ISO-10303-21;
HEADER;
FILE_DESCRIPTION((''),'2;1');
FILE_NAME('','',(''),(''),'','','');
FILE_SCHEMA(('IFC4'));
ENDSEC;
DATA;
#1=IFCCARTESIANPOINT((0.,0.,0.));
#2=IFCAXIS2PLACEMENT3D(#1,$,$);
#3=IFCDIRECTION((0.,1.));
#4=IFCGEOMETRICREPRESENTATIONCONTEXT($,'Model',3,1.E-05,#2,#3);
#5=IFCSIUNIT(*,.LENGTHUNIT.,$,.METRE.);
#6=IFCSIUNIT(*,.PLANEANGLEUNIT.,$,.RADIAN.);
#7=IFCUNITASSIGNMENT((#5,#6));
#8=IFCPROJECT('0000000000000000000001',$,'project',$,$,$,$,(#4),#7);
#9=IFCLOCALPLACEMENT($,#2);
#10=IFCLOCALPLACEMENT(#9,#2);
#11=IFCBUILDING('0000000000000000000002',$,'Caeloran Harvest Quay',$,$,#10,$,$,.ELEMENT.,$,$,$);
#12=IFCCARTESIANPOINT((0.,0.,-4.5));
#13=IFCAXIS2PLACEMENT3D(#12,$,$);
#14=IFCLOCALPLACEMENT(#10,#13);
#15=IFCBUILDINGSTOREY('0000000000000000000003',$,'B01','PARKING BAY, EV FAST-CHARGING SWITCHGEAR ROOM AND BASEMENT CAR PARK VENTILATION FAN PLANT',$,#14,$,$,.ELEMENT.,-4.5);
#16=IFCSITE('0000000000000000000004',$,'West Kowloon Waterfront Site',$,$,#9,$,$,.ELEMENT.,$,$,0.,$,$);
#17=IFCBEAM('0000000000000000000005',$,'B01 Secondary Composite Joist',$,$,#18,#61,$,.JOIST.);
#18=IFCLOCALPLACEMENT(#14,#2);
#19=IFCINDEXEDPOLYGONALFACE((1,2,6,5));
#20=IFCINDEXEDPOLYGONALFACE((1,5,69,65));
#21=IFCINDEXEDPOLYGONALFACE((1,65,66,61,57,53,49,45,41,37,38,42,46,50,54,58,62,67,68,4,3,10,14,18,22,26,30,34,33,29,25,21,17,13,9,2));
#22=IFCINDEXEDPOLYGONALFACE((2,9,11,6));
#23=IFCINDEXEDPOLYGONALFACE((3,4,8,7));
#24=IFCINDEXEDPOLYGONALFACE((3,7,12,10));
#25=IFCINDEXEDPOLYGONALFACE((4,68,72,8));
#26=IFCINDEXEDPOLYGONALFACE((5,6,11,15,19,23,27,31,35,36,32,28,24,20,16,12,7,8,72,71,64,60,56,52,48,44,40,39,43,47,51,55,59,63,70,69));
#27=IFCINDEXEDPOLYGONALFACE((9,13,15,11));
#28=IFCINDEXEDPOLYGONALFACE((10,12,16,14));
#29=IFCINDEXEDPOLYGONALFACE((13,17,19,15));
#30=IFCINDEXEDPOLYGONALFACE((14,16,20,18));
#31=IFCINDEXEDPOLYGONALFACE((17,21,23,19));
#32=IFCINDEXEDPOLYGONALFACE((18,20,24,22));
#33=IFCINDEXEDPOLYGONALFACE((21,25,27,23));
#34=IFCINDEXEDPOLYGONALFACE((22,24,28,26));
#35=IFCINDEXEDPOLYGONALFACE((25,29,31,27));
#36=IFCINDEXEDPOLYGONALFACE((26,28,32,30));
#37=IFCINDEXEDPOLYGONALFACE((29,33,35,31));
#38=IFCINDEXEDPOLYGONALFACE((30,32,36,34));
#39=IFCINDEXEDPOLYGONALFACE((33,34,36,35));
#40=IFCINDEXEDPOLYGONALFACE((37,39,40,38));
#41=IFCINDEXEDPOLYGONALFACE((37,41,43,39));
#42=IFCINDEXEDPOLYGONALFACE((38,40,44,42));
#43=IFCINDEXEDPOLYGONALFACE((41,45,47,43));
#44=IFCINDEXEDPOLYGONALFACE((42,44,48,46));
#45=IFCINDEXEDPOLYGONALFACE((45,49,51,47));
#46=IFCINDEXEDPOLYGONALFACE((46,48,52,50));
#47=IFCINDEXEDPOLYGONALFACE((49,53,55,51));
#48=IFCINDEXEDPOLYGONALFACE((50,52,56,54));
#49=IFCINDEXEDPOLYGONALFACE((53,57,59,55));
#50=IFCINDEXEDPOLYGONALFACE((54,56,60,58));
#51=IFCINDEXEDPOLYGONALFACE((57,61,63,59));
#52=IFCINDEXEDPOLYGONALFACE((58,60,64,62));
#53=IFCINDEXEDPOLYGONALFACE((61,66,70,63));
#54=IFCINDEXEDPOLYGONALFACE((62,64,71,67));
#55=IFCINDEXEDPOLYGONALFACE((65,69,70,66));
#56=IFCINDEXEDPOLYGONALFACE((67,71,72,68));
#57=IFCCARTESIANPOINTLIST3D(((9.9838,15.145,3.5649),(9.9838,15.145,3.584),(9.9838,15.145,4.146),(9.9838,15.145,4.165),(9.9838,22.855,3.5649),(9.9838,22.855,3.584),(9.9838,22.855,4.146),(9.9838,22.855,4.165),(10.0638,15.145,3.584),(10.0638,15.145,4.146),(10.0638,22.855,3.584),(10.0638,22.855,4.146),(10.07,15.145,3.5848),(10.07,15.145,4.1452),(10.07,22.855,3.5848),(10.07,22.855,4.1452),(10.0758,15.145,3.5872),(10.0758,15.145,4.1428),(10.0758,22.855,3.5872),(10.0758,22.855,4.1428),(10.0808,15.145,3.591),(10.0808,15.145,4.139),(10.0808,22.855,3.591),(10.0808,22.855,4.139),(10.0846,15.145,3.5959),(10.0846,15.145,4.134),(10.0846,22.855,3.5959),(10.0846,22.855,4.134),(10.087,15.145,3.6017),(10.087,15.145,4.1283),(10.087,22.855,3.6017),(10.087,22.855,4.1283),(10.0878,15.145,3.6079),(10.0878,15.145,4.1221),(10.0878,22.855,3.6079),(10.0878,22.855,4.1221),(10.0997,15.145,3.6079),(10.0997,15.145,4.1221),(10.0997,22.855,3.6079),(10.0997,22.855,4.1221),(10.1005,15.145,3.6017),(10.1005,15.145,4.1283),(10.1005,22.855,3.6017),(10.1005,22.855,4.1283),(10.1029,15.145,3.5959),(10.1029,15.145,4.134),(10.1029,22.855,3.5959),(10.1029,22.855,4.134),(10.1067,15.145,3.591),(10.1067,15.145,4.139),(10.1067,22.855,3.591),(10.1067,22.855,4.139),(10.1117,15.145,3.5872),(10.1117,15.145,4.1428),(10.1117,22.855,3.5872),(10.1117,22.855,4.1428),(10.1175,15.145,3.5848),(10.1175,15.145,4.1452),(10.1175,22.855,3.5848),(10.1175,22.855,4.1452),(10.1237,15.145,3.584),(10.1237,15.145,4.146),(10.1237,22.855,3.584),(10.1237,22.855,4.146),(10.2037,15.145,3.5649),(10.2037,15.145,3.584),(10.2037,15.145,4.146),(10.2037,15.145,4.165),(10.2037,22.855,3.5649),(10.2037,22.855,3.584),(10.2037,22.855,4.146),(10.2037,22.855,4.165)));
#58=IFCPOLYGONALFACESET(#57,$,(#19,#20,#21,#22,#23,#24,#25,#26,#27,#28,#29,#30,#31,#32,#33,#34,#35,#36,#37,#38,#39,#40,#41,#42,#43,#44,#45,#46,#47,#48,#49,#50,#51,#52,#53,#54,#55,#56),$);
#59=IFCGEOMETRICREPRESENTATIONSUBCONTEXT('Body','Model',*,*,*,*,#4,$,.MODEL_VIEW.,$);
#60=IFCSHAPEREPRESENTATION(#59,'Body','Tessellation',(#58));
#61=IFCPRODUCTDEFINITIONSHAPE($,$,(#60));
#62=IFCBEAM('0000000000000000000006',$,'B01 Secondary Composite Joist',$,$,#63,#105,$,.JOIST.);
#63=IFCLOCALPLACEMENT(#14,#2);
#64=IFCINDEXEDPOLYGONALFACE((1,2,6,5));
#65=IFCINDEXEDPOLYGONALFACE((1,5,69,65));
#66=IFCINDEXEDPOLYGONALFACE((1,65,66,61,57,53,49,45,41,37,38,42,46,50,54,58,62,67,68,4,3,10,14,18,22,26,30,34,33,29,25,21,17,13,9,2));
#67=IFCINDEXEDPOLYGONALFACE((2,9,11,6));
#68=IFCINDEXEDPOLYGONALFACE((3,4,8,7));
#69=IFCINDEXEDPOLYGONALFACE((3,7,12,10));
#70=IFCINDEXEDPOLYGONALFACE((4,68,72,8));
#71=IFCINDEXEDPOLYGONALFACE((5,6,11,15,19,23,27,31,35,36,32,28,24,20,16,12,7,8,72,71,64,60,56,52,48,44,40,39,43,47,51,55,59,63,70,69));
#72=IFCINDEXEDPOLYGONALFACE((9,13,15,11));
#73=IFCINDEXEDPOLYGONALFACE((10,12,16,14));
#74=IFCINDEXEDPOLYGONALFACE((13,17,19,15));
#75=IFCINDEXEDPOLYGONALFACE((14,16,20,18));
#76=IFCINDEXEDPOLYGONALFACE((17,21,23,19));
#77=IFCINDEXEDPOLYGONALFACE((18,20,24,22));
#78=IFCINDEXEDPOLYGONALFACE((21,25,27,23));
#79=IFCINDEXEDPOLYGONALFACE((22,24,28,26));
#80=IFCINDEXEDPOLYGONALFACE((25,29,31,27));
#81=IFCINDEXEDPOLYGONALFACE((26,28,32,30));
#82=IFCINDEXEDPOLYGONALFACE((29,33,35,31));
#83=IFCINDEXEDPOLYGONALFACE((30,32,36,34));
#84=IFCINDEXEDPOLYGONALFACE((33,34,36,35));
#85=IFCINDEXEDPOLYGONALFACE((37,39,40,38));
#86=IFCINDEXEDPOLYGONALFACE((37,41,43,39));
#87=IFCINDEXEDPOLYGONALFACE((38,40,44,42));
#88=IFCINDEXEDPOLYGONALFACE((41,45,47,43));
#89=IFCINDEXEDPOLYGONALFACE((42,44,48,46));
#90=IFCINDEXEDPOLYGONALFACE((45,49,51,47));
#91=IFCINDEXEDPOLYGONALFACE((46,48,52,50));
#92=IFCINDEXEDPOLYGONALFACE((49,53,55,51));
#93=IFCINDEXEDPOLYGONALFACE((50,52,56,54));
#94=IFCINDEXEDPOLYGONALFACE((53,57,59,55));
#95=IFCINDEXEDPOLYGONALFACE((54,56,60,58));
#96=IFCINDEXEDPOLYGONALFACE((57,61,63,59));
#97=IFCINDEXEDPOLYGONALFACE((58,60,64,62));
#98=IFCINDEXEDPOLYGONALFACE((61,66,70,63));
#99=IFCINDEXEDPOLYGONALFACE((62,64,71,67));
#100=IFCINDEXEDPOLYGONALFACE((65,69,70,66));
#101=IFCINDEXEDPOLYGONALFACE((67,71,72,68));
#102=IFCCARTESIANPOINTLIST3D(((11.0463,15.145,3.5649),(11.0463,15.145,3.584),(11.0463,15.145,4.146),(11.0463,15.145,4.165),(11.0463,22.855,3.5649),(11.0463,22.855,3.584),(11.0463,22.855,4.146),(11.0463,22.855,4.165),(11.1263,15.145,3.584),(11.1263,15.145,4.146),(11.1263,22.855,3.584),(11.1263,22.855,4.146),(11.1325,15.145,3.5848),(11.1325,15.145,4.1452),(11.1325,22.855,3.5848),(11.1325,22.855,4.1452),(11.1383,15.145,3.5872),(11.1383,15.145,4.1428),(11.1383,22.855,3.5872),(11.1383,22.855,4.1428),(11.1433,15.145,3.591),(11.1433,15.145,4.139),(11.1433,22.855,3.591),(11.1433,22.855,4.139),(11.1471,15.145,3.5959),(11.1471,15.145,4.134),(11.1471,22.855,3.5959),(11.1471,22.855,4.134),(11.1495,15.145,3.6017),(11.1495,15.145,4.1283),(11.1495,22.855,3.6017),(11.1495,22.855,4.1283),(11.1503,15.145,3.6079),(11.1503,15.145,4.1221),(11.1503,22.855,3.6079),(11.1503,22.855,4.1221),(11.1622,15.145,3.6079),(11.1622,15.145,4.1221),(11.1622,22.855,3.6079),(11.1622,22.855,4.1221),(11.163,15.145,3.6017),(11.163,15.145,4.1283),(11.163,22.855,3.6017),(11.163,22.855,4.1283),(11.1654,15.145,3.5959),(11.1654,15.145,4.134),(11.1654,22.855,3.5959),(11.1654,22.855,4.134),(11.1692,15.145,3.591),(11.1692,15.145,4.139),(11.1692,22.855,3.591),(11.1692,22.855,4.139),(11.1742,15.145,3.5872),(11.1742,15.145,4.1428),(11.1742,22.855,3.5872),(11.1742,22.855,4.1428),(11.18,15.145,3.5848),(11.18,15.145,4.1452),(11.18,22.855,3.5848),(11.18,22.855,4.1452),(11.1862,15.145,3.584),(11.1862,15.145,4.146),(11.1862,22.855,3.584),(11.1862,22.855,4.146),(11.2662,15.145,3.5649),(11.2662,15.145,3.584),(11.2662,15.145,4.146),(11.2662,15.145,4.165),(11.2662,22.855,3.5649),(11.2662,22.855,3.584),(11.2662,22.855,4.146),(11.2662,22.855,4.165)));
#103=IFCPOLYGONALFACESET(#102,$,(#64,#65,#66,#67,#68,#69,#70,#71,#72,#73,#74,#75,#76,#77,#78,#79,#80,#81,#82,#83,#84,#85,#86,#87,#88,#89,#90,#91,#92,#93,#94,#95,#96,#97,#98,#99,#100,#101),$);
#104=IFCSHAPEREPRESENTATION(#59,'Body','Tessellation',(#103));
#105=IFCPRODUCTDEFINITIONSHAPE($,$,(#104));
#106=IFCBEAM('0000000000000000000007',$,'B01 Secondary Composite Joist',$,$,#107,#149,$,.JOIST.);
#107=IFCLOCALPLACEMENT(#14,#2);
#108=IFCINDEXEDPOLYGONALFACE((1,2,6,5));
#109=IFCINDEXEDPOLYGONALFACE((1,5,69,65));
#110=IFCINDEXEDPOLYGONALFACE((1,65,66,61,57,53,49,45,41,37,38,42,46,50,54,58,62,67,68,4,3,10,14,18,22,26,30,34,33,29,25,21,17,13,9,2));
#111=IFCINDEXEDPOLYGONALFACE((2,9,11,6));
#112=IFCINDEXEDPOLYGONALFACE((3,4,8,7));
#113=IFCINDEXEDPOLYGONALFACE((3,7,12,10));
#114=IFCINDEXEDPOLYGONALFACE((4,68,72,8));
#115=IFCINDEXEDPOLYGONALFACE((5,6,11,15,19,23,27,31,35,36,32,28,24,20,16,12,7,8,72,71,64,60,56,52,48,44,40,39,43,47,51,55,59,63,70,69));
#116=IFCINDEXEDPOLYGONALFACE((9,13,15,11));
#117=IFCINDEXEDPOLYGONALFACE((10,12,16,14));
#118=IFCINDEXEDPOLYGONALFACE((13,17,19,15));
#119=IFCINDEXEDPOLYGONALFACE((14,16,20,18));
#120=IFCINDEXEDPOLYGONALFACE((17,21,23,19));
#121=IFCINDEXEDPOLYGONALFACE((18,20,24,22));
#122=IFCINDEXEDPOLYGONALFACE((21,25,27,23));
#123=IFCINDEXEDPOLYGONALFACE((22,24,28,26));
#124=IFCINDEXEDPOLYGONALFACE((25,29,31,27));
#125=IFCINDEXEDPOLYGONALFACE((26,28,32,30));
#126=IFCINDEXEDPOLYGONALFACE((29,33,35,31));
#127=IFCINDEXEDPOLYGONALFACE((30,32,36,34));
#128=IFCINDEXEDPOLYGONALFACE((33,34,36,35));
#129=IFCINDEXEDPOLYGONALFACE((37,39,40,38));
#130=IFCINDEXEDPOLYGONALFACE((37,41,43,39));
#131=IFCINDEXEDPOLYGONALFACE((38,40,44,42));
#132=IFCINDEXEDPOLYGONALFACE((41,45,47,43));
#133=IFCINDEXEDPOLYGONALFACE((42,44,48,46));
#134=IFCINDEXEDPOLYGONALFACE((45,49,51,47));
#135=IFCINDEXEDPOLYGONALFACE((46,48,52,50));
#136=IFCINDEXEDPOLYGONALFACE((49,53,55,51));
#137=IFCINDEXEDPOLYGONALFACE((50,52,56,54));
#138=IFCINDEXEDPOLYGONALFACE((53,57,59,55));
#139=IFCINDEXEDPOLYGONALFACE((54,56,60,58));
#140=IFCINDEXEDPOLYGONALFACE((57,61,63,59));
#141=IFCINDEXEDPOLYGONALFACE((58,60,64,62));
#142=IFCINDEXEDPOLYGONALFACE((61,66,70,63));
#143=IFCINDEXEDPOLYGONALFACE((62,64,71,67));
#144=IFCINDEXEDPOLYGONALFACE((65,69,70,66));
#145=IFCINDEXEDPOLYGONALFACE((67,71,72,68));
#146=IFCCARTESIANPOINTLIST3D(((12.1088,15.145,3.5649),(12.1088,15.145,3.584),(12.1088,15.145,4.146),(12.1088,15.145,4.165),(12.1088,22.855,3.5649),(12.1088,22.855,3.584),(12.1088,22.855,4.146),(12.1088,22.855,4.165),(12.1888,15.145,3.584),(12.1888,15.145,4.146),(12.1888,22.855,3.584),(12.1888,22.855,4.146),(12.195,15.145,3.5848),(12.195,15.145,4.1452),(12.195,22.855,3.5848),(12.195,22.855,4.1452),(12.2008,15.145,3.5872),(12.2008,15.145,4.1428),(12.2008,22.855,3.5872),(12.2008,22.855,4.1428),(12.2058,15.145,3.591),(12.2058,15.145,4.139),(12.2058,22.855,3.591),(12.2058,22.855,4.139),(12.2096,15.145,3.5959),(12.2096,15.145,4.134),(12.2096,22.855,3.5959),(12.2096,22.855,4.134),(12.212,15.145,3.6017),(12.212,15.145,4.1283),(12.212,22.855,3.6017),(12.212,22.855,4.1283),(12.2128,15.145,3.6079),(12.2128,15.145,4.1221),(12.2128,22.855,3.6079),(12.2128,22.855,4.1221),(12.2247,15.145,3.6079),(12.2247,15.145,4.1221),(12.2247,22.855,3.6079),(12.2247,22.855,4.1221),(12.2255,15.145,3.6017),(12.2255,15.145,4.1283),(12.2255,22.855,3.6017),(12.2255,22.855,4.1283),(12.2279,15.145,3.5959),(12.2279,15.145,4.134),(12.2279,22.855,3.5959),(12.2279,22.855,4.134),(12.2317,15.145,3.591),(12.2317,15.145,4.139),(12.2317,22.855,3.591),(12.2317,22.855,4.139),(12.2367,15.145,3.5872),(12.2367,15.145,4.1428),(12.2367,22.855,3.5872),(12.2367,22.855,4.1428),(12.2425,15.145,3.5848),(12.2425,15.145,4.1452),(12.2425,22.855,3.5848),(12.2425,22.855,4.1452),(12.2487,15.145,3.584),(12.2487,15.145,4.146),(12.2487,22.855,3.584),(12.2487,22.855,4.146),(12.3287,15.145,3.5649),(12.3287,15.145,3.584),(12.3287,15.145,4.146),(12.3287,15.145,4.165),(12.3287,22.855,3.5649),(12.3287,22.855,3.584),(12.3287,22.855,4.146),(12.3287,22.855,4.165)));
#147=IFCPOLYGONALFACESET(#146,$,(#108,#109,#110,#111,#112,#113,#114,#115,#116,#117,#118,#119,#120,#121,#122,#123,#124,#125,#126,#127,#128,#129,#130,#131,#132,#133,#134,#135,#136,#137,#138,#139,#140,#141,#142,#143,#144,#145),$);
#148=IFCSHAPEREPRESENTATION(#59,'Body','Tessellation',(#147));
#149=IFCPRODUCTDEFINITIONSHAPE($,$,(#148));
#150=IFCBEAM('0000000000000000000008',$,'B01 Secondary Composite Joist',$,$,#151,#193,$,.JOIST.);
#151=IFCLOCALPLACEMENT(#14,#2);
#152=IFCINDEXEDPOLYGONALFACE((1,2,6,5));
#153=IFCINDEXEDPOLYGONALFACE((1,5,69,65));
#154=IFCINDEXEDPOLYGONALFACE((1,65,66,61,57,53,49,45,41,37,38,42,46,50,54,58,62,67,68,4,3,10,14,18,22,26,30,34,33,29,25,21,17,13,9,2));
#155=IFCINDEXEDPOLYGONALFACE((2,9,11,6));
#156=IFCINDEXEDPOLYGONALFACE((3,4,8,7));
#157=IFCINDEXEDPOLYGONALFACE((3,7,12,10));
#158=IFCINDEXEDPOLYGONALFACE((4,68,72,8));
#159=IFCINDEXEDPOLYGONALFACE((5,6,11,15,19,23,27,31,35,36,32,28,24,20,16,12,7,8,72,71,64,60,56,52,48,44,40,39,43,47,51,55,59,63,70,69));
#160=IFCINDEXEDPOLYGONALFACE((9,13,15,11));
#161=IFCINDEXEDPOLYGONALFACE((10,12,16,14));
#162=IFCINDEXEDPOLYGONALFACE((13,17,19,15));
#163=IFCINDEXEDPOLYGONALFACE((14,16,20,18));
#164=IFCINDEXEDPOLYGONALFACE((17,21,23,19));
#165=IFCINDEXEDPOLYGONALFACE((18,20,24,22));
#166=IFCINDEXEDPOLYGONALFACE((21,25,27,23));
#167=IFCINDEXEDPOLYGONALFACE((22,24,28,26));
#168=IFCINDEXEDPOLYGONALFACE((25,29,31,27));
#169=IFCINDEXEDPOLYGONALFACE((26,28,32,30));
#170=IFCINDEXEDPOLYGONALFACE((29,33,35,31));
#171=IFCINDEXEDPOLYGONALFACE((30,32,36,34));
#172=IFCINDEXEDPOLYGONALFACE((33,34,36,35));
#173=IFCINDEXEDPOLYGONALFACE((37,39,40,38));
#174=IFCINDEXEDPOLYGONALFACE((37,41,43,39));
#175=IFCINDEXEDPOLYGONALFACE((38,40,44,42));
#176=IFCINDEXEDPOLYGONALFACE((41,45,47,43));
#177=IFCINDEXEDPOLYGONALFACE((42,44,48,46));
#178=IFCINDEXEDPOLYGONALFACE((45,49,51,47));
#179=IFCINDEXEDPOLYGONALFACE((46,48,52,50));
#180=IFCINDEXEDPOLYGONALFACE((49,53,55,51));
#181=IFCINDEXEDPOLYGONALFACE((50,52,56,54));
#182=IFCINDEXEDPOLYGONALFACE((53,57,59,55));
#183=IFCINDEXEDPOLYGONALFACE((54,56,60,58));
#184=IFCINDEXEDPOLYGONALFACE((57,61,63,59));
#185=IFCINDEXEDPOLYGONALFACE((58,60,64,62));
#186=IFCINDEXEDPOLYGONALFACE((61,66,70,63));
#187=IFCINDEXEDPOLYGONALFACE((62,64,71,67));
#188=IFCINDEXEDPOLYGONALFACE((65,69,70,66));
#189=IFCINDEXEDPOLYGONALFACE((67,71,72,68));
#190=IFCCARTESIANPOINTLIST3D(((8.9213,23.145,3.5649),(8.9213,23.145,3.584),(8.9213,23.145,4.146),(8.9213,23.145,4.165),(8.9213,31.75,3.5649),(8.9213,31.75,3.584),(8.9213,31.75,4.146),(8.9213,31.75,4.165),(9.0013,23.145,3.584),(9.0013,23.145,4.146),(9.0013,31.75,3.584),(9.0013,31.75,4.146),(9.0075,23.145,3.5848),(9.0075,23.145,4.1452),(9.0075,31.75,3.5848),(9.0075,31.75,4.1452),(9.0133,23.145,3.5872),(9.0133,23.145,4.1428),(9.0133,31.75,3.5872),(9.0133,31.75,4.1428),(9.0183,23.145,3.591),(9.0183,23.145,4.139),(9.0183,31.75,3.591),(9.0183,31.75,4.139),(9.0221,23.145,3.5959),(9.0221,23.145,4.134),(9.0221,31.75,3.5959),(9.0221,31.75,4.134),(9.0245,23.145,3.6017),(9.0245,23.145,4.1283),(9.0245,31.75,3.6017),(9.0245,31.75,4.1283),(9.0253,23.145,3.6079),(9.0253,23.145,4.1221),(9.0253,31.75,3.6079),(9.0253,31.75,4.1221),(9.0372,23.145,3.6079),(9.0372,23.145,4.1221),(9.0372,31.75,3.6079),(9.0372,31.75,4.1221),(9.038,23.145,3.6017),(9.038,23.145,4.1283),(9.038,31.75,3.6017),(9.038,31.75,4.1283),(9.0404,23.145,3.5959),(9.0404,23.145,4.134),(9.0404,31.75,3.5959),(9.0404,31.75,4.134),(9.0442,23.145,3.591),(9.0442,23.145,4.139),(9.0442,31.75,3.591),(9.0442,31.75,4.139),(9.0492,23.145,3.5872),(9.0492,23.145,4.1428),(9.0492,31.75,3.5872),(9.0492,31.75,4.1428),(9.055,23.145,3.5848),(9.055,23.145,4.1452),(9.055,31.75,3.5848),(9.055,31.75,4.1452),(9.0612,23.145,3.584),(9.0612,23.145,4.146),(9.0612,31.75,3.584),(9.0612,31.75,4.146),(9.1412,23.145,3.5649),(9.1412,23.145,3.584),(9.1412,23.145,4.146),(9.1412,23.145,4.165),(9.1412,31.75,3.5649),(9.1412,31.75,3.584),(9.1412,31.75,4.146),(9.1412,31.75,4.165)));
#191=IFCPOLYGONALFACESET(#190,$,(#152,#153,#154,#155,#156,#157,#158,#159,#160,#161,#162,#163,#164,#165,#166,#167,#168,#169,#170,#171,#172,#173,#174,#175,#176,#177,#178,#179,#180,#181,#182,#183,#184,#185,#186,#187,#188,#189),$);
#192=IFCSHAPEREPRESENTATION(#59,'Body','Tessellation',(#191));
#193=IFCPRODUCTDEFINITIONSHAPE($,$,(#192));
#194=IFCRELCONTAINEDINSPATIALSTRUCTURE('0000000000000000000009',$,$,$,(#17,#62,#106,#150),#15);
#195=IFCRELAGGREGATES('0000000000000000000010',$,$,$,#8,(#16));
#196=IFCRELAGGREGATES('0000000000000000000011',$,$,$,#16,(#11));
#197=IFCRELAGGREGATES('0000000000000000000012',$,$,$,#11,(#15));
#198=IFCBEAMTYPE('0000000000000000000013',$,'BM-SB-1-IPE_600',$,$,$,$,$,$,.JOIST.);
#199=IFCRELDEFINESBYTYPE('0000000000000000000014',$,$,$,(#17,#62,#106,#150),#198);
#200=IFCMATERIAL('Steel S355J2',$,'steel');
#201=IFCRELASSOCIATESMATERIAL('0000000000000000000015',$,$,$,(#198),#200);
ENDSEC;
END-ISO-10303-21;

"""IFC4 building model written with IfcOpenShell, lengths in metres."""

from ifc_helpers import new_model, si_unit, direction, frame, origin, origin_2d, place, context, subcontext, project, spatial, i_section, extrude, material, material_profile, profile_set, type_object, element, save


model = new_model("IFC4")

# Units and contexts
model_context = context("Model", 3, precision=1e-05, world=origin(), true_north=direction((0.0, 1.0)))
body_context = subcontext(model_context, "Body", "Model", "MODEL_VIEW")
ifc_project = project(units=[si_unit("LENGTHUNIT", "METRE"), si_unit("PLANEANGLEUNIT", "RADIAN")], contexts=[model_context])

# Site, building, storey
site_placement = place(None, origin())
site = spatial("IfcSite", under=ifc_project, at=site_placement, Name="West Kowloon Waterfront Site", CompositionType="ELEMENT", RefElevation=0.0)
building_placement = place(site_placement, origin())
building = spatial("IfcBuilding", under=site, at=building_placement, Name="Caeloran Harvest Quay", CompositionType="ELEMENT")
storey_placement = place(building_placement, frame((0.0, 0.0, -4.5)))
storey = spatial("IfcBuildingStorey", under=building, at=storey_placement, Name="B01", Description="PARKING BAY, EV FAST-CHARGING SWITCHGEAR ROOM AND BASEMENT CAR PARK VENTILATION FAN PLANT", CompositionType="ELEMENT", Elevation=-4.5)

# Beams
ifc_material_1 = material(Name="Steel S355J2", Category="steel")
ifc_material_profile_1 = material_profile(ifc_material_1, i_section(OverallWidth=0.22, OverallDepth=0.6001, WebThickness=0.012, FlangeThickness=0.019, FilletRadius=0.0239, at=origin_2d()), Name="IPE 600")
ifc_profile_set_1 = profile_set([ifc_material_profile_1], Name="Steel S355J2")
beam_type_1 = type_object("IfcBeamType", Name="BM-SB-1-IPE_600", PredefinedType="JOIST", material=ifc_profile_set_1)
for number, where, z_axis, x_axis, name in (
    (1, (10.0938, 15.145, 3.865), (0.0, 1.0, 0.0), (-1.0, 0.0, 0.0), "B01 Secondary Composite Joist"),
    (2, (11.1562, 15.145, 3.865), (0.0, 1.0, 0.0), (-1.0, 0.0, 0.0), "B01 Secondary Composite Joist"),
    (3, (12.2188, 15.145, 3.865), (0.0, 1.0, 0.0), (-1.0, 0.0, 0.0), "B01 Secondary Composite Joist"),
):
    element("IfcBeam", number, at=place(storey_placement, frame(where, z_axis=z_axis, x_axis=x_axis)), inside=storey, type_object=beam_type_1, Name=name, PredefinedType="JOIST", context=body_context, shape_type="SweptSolid", body=[
        extrude(i_section(OverallWidth=0.22, OverallDepth=0.6001, WebThickness=0.012, FlangeThickness=0.019, FilletRadius=0.0239, at=origin_2d()), origin(), (0.0, 0.0, 1.0), 7.71),
    ])
for number, where, z_axis, x_axis, name in (
    (4, (9.0312, 23.145, 3.865), (0.0, 1.0, 0.0), (-1.0, 0.0, 0.0), "B01 Secondary Composite Joist"),
):
    element("IfcBeam", number, at=place(storey_placement, frame(where, z_axis=z_axis, x_axis=x_axis)), inside=storey, type_object=beam_type_1, Name=name, PredefinedType="JOIST", context=body_context, shape_type="SweptSolid", body=[
        extrude(i_section(OverallWidth=0.22, OverallDepth=0.6001, WebThickness=0.012, FlangeThickness=0.019, FilletRadius=0.0239, at=origin_2d()), origin(), (0.0, 0.0, 1.0), 8.605),
    ])

save(model, "model.ifc")
